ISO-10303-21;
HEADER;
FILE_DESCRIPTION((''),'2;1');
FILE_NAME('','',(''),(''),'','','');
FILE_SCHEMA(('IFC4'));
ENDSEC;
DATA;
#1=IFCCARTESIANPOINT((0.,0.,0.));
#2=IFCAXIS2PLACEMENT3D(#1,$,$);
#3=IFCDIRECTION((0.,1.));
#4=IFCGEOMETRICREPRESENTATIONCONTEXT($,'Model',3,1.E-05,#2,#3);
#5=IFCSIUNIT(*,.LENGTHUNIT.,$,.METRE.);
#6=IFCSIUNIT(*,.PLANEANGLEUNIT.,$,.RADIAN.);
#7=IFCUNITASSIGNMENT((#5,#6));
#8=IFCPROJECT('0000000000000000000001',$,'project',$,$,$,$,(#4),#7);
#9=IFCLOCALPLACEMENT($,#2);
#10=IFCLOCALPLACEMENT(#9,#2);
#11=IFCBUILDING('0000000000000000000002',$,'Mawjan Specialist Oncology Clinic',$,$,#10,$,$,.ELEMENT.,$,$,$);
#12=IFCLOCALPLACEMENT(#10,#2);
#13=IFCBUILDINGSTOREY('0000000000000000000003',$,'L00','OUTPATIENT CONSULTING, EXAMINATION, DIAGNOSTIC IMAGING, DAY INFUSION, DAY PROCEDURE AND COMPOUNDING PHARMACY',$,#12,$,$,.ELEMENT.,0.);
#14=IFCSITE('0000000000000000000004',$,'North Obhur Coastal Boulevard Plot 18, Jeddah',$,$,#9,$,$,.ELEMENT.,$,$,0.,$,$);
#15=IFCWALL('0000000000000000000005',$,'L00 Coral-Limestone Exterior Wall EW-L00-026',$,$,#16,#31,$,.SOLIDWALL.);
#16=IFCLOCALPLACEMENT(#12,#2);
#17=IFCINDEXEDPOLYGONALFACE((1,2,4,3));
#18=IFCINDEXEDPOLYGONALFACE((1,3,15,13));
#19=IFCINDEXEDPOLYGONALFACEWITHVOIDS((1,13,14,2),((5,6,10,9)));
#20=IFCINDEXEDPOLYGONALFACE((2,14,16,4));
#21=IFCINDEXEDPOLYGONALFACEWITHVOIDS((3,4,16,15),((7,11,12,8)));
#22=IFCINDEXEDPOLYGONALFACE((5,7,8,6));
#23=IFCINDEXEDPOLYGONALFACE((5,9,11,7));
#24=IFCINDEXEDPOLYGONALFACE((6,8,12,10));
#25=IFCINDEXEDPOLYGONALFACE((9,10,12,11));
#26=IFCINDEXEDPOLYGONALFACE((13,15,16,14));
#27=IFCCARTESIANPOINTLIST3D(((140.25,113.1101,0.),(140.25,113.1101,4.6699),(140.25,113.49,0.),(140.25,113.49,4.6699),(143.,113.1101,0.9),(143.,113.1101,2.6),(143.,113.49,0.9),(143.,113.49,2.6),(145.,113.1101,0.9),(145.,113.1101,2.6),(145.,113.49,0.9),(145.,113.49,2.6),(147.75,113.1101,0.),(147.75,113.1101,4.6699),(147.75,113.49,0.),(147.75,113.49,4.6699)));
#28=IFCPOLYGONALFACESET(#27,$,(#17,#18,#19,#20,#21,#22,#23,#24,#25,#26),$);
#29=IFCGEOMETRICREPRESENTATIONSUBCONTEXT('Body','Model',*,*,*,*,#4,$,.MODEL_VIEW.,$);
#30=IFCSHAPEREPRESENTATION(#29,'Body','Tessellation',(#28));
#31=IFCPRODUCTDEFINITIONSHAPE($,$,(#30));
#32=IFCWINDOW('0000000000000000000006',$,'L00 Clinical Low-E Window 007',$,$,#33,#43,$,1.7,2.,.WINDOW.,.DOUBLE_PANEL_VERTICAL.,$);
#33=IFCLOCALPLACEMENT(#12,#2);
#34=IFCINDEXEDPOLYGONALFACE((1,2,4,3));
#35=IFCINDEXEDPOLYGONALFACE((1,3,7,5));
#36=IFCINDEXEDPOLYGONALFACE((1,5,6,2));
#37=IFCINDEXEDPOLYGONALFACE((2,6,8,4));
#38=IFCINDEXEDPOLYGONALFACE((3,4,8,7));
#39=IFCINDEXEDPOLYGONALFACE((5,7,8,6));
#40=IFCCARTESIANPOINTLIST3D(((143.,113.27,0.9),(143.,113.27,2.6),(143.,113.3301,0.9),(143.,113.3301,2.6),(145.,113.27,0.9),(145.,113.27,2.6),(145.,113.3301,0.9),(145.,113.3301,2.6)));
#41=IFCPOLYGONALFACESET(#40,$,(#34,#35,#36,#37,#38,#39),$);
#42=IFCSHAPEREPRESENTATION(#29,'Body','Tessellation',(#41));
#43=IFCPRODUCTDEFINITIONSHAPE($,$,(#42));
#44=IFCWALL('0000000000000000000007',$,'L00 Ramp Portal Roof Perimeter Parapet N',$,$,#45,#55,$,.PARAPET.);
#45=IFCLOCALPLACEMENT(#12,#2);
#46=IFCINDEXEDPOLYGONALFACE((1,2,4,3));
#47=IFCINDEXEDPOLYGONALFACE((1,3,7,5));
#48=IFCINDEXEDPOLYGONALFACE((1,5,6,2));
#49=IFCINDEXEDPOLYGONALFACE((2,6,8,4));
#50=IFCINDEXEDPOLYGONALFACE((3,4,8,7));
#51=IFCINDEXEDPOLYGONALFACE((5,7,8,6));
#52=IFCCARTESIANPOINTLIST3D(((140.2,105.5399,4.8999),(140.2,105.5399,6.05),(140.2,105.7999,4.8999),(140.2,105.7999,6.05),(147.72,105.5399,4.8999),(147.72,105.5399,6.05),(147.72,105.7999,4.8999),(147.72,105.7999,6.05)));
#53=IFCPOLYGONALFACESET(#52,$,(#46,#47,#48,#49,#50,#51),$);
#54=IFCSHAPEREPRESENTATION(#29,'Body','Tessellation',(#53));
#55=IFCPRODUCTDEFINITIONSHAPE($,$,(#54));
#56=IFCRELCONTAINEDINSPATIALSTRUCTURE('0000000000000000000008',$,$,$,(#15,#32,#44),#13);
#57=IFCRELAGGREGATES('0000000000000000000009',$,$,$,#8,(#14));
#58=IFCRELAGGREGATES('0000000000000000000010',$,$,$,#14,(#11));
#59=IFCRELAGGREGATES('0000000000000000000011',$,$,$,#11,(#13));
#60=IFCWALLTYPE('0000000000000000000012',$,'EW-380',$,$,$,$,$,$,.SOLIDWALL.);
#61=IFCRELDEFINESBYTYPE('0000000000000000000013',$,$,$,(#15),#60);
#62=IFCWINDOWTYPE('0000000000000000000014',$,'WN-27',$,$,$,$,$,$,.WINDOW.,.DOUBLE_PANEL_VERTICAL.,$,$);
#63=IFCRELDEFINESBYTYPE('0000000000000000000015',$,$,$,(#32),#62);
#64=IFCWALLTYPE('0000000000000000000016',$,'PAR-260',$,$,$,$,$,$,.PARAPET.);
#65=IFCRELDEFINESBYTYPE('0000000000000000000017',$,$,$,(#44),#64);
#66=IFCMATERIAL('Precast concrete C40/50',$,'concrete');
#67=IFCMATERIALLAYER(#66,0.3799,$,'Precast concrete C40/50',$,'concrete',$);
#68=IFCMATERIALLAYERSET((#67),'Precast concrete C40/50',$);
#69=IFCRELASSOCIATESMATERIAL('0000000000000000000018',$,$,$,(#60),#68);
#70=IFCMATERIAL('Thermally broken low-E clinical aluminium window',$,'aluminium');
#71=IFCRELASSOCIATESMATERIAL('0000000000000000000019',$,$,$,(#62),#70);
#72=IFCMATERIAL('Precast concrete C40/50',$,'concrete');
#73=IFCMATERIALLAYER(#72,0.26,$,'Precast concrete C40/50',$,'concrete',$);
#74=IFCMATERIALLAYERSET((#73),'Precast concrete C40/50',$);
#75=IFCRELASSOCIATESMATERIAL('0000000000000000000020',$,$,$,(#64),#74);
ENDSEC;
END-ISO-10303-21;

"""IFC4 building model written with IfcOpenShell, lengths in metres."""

from ifc_helpers import new_model, si_unit, direction, frame, frame_2d, origin, place, context, subcontext, project, spatial, rectangle, extrude, material, layer, layer_set, type_object, element, fill, save


model = new_model("IFC4")

# Units and contexts
model_context = context("Model", 3, precision=1e-05, world=origin(), true_north=direction((0.0, 1.0)))
body_context = subcontext(model_context, "Body", "Model", "MODEL_VIEW")
ifc_project = project(units=[si_unit("LENGTHUNIT", "METRE"), si_unit("PLANEANGLEUNIT", "RADIAN")], contexts=[model_context])

# Site, building, storey
site_placement = place(None, origin())
site = spatial("IfcSite", under=ifc_project, at=site_placement, Name="North Obhur Coastal Boulevard Plot 18, Jeddah", CompositionType="ELEMENT", RefElevation=0.0)
building_placement = place(site_placement, origin())
building = spatial("IfcBuilding", under=site, at=building_placement, Name="Mawjan Specialist Oncology Clinic", CompositionType="ELEMENT")
storey_placement = place(building_placement, origin())
storey = spatial("IfcBuildingStorey", under=building, at=storey_placement, Name="L00", Description="OUTPATIENT CONSULTING, EXAMINATION, DIAGNOSTIC IMAGING, DAY INFUSION, DAY PROCEDURE AND COMPOUNDING PHARMACY", CompositionType="ELEMENT", Elevation=0.0)

# Wall, opening, window
ifc_material_1 = material(Name="Precast concrete C40/50", Category="concrete")
ifc_layer_1 = layer(ifc_material_1, 0.3799, Name="Precast concrete C40/50", Category="concrete")
ifc_layer_set_1 = layer_set([ifc_layer_1], Name="Precast concrete C40/50")
wall_type_1 = type_object("IfcWallType", Name="EW-380", PredefinedType="SOLIDWALL", material=ifc_layer_set_1)
wall_1_placement = place(storey_placement, frame((140.25, 113.3, 0.0), z_axis=(0.0, 0.0, 1.0), x_axis=(1.0, 0.0, 0.0)))
wall_1 = element("IfcWall", 1, at=wall_1_placement, inside=storey, type_object=wall_type_1, Name="L00 Coral-Limestone Exterior Wall EW-L00-026", PredefinedType="SOLIDWALL", context=body_context, shape_type="SweptSolid", body=[
    extrude(rectangle(XDim=7.5, YDim=0.3799, at=frame_2d((3.75, 0.0))), origin(), (0.0, 0.0, 1.0), 4.6699),
])
opening_placement = place(wall_1_placement, frame((2.75, 0.0, 0.8999)))
opening = element("IfcOpeningElement", 2, at=opening_placement, cuts=wall_1, PredefinedType="OPENING", context=body_context, shape_type="SweptSolid", body=[
    extrude(rectangle(XDim=2.0, YDim=1.7, at=frame_2d((1.0, 0.8501))), frame((0.0, 0.2019, 0.0), z_axis=(0.0, -1.0, 0.0), x_axis=(1.0, 0.0, 0.0)), (0.0, 0.0, 1.0), 0.4038),
])
ifc_material_2 = material(Name="Thermally broken low-E clinical aluminium window", Category="aluminium")
window_type = type_object("IfcWindowType", Name="WN-27", PartitioningType="DOUBLE_PANEL_VERTICAL", PredefinedType="WINDOW", material=ifc_material_2)
window_placement = place(opening_placement, origin())
window = element("IfcWindow", 3, at=window_placement, inside=storey, type_object=window_type, Name="L00 Clinical Low-E Window 007", OverallHeight=1.7, OverallWidth=2.0, PartitioningType="DOUBLE_PANEL_VERTICAL", PredefinedType="WINDOW", context=body_context, shape_type="SweptSolid", body=[
    extrude(rectangle(XDim=2.0, YDim=1.7, at=frame_2d((1.0, 0.8501))), frame((0.0, 0.03, 0.0), z_axis=(0.0, -1.0, 0.0), x_axis=(1.0, 0.0, 0.0)), (0.0, 0.0, 1.0), 0.0601),
])
fill(opening, window)

# Wall
ifc_material_3 = material(Name="Precast concrete C40/50", Category="concrete")
ifc_layer_2 = layer(ifc_material_3, 0.26, Name="Precast concrete C40/50", Category="concrete")
ifc_layer_set_2 = layer_set([ifc_layer_2], Name="Precast concrete C40/50")
wall_type_2 = type_object("IfcWallType", Name="PAR-260", PredefinedType="PARAPET", material=ifc_layer_set_2)
wall_2_placement = place(storey_placement, frame((140.2, 105.6699, 4.8999), z_axis=(0.0, 0.0, 1.0), x_axis=(1.0, 0.0, 0.0)))
element("IfcWall", 4, at=wall_2_placement, inside=storey, type_object=wall_type_2, Name="L00 Ramp Portal Roof Perimeter Parapet N", PredefinedType="PARAPET", context=body_context, shape_type="SweptSolid", body=[
    extrude(rectangle(XDim=7.52, YDim=0.26, at=frame_2d((3.76, 0.0))), origin(), (0.0, 0.0, 1.0), 1.1501),
])

save(model, "model.ifc")
